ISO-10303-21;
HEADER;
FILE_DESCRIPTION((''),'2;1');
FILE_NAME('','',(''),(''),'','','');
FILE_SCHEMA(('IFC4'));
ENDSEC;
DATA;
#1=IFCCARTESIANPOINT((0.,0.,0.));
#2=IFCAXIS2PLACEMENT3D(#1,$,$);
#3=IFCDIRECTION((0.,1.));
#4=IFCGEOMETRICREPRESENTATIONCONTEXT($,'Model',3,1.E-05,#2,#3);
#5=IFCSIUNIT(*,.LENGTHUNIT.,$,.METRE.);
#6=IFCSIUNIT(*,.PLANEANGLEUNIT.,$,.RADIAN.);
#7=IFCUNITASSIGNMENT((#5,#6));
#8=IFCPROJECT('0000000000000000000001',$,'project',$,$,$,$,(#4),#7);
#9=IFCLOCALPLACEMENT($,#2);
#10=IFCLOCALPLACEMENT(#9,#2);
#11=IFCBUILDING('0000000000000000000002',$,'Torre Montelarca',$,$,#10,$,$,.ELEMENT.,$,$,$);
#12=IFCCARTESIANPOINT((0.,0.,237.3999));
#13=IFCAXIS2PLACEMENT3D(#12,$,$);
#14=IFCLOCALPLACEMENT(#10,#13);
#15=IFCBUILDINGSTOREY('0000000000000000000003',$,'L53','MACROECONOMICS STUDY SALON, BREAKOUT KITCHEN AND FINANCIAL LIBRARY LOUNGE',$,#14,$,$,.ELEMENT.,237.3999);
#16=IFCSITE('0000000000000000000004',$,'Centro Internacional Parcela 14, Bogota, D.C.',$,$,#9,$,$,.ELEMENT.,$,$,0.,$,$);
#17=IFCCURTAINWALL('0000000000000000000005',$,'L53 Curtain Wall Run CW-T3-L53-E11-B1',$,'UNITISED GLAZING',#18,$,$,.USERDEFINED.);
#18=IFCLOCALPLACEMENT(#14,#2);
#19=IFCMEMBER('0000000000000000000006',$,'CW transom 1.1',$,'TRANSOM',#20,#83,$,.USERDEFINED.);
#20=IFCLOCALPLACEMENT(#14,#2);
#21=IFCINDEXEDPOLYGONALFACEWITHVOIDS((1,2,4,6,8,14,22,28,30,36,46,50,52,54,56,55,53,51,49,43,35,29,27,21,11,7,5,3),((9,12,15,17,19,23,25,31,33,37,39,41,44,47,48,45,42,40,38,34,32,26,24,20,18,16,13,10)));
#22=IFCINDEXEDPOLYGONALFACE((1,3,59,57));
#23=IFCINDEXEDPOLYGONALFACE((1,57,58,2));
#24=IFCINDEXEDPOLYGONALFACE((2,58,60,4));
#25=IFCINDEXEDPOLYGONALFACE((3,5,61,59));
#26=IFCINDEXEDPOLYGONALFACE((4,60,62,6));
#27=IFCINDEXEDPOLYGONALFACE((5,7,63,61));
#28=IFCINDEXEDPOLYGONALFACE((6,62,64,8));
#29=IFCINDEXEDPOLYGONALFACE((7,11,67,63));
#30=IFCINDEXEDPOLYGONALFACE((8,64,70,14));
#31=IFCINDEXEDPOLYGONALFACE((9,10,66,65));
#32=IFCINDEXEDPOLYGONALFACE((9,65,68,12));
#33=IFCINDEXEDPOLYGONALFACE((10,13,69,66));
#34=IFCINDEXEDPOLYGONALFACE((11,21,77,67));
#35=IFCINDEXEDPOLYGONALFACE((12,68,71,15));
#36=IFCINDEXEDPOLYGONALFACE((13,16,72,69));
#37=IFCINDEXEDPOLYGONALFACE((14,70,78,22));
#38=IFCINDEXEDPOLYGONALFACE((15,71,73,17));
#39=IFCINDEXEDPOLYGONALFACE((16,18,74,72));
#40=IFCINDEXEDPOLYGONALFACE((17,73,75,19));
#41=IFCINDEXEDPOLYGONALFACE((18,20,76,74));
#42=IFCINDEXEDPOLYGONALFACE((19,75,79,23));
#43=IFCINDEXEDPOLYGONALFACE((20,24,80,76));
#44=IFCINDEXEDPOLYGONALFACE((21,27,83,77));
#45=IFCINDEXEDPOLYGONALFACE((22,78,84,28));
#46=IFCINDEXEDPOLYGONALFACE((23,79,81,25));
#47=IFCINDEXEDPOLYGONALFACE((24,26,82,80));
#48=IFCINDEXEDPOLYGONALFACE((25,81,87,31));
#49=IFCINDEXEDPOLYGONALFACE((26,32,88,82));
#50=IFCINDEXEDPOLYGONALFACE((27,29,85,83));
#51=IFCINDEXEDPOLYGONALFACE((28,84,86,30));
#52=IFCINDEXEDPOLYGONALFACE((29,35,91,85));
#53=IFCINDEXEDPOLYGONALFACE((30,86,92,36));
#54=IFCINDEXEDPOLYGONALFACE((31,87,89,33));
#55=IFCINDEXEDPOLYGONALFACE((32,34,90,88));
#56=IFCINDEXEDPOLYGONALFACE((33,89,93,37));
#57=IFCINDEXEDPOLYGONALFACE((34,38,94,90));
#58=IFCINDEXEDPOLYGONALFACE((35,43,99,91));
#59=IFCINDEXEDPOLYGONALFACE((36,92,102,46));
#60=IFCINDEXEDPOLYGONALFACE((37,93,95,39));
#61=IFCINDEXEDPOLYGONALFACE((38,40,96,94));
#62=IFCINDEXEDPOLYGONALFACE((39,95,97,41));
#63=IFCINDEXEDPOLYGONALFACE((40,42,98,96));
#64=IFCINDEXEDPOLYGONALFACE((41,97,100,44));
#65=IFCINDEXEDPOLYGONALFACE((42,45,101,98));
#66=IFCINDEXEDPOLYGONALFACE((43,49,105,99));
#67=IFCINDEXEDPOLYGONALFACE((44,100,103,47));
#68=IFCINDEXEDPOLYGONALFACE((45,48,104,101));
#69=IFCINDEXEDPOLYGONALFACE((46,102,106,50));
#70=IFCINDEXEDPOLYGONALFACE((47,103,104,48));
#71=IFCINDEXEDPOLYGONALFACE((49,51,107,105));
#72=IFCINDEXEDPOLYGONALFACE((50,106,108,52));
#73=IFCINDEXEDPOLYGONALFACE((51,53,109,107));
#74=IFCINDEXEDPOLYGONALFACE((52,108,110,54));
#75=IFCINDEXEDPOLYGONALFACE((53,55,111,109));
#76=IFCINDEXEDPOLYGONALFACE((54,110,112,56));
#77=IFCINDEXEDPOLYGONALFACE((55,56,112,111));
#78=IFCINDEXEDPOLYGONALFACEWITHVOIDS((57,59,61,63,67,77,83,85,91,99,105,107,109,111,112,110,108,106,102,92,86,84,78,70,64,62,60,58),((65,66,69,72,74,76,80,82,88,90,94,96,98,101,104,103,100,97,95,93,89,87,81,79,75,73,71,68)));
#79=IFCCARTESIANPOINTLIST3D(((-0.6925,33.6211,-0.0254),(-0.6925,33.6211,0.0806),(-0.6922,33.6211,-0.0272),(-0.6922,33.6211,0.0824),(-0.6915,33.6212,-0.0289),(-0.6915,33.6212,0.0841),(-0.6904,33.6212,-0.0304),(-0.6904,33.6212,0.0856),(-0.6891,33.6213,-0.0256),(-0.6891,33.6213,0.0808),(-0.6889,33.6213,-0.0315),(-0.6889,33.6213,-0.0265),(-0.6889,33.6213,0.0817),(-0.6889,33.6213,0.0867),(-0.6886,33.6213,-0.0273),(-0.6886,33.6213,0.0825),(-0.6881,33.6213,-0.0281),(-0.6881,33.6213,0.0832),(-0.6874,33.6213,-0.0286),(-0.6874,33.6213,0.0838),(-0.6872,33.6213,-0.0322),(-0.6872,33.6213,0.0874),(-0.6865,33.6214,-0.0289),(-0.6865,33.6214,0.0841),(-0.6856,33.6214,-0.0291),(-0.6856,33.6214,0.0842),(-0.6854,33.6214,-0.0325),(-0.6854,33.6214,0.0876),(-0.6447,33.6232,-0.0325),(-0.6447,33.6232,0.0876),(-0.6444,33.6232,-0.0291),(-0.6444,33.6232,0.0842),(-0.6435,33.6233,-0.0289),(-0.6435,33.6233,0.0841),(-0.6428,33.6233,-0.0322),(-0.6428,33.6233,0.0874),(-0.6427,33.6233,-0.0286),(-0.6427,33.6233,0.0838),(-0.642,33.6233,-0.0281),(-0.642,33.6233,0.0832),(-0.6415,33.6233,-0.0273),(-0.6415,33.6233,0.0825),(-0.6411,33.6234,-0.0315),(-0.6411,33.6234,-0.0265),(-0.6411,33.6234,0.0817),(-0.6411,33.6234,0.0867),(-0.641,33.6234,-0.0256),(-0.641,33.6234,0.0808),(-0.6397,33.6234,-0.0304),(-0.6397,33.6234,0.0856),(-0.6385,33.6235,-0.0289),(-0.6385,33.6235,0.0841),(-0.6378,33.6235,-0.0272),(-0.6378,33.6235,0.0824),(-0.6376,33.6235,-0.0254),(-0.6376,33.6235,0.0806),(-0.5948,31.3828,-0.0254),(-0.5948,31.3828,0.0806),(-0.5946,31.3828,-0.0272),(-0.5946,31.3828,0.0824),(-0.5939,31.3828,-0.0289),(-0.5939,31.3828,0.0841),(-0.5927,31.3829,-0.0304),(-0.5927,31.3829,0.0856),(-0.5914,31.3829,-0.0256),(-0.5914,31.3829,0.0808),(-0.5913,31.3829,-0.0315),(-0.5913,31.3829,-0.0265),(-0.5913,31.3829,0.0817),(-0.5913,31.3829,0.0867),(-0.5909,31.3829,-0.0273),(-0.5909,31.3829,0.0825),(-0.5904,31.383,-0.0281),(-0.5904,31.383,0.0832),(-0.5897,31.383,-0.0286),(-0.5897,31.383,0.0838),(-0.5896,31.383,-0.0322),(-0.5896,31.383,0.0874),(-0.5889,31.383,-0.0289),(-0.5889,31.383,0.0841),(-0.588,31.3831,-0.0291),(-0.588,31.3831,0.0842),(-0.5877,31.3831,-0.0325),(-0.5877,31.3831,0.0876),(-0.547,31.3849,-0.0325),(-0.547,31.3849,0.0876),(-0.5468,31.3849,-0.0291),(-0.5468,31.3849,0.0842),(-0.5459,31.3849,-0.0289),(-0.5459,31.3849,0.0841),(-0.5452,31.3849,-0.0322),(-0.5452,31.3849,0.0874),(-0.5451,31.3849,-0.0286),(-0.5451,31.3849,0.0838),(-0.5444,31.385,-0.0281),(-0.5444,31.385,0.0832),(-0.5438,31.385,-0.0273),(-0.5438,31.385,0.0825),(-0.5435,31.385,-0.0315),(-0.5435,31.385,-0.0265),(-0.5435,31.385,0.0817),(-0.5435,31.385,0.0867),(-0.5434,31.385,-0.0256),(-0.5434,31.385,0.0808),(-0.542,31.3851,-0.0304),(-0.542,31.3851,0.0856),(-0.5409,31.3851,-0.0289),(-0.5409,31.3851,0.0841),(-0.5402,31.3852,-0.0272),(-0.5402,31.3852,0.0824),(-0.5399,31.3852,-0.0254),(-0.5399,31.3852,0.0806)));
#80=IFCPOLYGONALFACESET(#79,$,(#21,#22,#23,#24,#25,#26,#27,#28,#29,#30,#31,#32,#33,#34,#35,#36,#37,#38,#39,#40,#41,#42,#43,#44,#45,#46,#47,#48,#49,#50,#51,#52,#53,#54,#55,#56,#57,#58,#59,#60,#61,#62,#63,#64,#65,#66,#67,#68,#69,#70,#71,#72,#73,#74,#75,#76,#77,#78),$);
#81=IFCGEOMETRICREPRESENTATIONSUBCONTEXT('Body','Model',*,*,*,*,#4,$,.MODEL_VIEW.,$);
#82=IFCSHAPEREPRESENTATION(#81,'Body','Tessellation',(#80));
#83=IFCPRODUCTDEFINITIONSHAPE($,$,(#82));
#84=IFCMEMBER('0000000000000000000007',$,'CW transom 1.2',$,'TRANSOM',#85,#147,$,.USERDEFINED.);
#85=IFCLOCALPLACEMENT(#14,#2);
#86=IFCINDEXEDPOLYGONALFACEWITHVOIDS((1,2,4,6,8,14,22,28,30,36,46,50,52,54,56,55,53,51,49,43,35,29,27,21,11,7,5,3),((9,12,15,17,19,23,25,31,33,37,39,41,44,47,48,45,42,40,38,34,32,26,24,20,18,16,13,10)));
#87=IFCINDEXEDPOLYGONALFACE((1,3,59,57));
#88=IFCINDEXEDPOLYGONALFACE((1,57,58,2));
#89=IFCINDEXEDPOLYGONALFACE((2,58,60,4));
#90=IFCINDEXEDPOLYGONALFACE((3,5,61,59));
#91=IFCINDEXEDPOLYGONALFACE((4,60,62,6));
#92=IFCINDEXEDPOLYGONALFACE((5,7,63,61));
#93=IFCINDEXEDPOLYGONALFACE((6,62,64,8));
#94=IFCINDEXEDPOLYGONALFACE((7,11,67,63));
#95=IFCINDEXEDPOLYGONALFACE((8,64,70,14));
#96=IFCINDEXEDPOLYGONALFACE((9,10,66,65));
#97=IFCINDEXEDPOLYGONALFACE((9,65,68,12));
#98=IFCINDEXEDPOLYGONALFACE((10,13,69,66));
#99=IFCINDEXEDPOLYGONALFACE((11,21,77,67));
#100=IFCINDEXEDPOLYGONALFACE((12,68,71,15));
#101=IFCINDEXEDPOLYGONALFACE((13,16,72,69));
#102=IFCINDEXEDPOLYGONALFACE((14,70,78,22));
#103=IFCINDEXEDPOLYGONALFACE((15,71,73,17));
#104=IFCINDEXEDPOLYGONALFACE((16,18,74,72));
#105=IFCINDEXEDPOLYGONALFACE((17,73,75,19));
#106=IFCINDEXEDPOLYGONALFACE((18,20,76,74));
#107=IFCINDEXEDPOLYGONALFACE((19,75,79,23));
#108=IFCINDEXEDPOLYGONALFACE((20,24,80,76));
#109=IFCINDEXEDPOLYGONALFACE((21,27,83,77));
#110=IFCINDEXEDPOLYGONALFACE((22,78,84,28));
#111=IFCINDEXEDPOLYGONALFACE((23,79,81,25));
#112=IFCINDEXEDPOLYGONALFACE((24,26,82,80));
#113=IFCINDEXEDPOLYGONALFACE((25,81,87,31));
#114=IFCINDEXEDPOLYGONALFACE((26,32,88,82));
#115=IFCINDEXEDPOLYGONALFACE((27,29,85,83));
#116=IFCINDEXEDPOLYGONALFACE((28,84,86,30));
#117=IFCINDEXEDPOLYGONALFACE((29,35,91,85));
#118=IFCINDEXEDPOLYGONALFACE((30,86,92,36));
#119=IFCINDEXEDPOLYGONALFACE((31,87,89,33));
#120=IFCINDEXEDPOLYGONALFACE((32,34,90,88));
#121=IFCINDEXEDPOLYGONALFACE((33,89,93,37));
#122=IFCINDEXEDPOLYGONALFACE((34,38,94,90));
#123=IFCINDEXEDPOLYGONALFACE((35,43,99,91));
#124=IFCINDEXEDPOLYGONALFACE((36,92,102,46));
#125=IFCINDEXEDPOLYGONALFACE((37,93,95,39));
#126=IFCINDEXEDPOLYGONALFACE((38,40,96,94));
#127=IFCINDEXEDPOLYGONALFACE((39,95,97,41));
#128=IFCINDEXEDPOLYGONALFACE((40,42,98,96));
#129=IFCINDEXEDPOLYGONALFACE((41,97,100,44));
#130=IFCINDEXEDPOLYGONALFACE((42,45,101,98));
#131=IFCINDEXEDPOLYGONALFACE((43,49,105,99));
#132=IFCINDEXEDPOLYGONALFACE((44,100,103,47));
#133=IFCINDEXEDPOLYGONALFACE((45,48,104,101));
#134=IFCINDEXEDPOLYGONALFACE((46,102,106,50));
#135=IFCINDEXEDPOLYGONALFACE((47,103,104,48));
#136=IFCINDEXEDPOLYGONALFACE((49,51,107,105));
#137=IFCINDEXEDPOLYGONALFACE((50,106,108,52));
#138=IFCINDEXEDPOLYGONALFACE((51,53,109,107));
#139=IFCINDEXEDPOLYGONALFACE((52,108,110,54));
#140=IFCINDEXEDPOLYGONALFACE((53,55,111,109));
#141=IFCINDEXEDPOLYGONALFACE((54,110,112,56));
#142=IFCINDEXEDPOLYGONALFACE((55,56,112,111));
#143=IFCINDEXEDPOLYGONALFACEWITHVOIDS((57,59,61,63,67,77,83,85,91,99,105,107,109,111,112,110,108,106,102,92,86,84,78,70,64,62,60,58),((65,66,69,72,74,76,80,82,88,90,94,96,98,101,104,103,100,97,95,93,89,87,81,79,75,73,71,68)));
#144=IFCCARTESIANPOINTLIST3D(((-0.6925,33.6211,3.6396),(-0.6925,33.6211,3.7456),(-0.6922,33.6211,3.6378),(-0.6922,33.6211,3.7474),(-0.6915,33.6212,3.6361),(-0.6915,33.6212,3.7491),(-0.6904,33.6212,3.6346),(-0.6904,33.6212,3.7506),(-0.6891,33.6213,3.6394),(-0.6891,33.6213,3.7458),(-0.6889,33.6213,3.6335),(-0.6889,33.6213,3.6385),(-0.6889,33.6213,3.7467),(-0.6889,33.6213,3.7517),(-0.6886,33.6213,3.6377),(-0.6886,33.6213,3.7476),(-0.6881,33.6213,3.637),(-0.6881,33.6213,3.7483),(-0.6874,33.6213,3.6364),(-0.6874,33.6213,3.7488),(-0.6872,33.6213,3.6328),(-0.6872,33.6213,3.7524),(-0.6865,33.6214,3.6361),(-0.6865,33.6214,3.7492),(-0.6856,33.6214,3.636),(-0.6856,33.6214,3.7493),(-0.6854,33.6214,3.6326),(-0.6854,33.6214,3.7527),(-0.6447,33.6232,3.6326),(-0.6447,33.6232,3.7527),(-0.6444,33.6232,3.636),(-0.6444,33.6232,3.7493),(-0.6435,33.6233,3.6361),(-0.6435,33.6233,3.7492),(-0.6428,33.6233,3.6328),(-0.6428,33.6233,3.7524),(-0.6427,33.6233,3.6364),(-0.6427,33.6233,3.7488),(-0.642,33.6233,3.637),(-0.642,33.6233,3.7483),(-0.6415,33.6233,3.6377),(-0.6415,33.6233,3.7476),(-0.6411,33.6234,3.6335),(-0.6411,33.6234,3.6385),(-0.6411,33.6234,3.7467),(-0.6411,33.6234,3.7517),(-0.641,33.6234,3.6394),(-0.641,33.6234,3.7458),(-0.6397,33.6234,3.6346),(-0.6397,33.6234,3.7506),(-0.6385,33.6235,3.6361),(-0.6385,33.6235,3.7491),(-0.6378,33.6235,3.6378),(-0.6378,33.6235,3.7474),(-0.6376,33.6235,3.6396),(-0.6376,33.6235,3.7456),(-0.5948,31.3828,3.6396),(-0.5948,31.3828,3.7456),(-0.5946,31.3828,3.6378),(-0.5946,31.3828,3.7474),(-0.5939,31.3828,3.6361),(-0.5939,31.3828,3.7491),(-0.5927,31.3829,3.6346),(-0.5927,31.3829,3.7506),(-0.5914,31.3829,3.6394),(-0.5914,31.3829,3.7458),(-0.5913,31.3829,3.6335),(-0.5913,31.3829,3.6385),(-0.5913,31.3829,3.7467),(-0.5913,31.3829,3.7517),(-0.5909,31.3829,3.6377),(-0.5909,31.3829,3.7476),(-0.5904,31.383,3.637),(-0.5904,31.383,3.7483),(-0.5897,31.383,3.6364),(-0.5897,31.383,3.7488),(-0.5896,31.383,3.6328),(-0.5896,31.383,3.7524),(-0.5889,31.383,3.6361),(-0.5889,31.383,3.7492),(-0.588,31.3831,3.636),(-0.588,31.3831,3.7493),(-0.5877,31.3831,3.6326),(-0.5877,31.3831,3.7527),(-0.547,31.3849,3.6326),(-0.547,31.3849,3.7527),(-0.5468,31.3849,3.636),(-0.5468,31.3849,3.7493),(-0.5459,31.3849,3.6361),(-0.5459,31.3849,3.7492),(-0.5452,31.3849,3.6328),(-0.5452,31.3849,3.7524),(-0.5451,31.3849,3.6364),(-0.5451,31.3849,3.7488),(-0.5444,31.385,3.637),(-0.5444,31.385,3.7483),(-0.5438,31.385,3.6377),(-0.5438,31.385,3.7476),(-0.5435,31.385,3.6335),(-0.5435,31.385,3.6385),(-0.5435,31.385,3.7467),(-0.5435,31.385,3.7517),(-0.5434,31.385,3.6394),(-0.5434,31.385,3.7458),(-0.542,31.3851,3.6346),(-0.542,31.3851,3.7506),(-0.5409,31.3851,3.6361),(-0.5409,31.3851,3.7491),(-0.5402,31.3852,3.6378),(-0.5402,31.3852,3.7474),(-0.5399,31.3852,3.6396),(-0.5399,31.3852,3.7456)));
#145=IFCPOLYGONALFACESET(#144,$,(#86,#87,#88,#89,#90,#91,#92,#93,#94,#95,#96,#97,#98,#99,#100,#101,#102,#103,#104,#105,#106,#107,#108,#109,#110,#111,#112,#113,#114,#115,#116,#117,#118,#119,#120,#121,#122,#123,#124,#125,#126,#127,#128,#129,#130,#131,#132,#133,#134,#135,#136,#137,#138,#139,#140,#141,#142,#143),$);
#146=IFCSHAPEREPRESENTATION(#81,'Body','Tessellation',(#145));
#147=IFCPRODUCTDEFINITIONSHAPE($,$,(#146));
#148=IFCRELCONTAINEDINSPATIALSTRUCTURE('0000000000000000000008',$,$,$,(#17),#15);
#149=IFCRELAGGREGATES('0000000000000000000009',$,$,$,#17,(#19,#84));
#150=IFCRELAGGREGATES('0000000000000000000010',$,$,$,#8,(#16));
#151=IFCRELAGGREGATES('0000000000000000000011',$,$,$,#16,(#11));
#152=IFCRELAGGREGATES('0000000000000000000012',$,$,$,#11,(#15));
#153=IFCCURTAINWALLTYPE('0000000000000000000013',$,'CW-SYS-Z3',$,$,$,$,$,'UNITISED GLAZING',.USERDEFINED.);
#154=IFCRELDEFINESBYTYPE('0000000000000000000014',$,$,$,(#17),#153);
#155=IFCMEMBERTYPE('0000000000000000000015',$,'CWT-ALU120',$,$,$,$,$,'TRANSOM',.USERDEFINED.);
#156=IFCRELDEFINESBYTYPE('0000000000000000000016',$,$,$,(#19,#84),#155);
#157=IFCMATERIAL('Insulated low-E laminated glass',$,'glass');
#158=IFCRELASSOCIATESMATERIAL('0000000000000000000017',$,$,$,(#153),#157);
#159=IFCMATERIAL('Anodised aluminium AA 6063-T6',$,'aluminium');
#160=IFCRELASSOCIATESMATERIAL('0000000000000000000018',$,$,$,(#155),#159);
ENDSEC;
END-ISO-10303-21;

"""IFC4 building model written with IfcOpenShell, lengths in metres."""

from ifc_helpers import new_model, si_unit, direction, frame, origin, origin_2d, place, context, subcontext, project, spatial, hollow_rectangle, extrude, source, transform, mapped, material, material_profile, profile_set, type_object, element, aggregate, save


model = new_model("IFC4")

# Units and contexts
model_context = context("Model", 3, precision=1e-05, world=origin(), true_north=direction((0.0, 1.0)))
body_context = subcontext(model_context, "Body", "Model", "MODEL_VIEW")
ifc_project = project(units=[si_unit("LENGTHUNIT", "METRE"), si_unit("PLANEANGLEUNIT", "RADIAN")], contexts=[model_context])

# Site, building, storey
site_placement = place(None, origin())
site = spatial("IfcSite", under=ifc_project, at=site_placement, Name="Centro Internacional Parcela 14, Bogota, D.C.", CompositionType="ELEMENT", RefElevation=0.0)
building_placement = place(site_placement, origin())
building = spatial("IfcBuilding", under=site, at=building_placement, Name="Torre Montelarca", CompositionType="ELEMENT")
storey_placement = place(building_placement, frame((0.0, 0.0, 237.3999)))
storey = spatial("IfcBuildingStorey", under=building, at=storey_placement, Name="L53", Description="MACROECONOMICS STUDY SALON, BREAKOUT KITCHEN AND FINANCIAL LIBRARY LOUNGE", CompositionType="ELEMENT", Elevation=237.3999)

# Curtain wall, members
ifc_material_1 = material(Name="Insulated low-E laminated glass", Category="glass")
curtain_wall_type = type_object("IfcCurtainWallType", Name="CW-SYS-Z3", ElementType="UNITISED GLAZING", PredefinedType="USERDEFINED", material=ifc_material_1)
ifc_material_2 = material(Name="Anodised aluminium AA 6063-T6", Category="aluminium")
ifc_material_profile_1 = material_profile(ifc_material_2, hollow_rectangle(XDim=0.0549, YDim=0.1201, WallThickness=0.0034, InnerFilletRadius=0.0034, OuterFilletRadius=0.0071, at=origin_2d()), Name="ALU55X120X3.5", Category="aluminium")
ifc_profile_set_1 = profile_set([ifc_material_profile_1], Name="Anodised aluminium AA 6063-T6")
member_type_1 = type_object("IfcMemberType", Name="CWT-ALU120", ElementType="TRANSOM", PredefinedType="USERDEFINED", material=ifc_profile_set_1)
curtain_wall_1_placement = place(storey_placement, origin())
curtain_wall_1 = element("IfcCurtainWall", 1, at=curtain_wall_1_placement, inside=storey, type_object=curtain_wall_type, Name="L53 Curtain Wall Run CW-T3-L53-E11-B1", ObjectType="UNITISED GLAZING", PredefinedType="USERDEFINED")
shared_shape_1 = source(origin(), body_context, "Body", "SweptSolid", [
    extrude(hollow_rectangle(XDim=0.0549, YDim=0.1201, WallThickness=0.0034, InnerFilletRadius=0.0034, OuterFilletRadius=0.0071, at=origin_2d()), origin(), (0.0, 0.0, 1.0), 2.2405),
])
member_1_placement = place(storey_placement, frame((-0.665, 33.6223, 0.0276), z_axis=(0.043589, -0.99905, 0.0), x_axis=(0.99905, 0.043589, 0.0)))
member_1 = element("IfcMember", 2, at=member_1_placement, type_object=member_type_1, Name="CW transom 1.1", ObjectType="TRANSOM", PredefinedType="USERDEFINED", context=body_context, shape_type="MappedRepresentation", body=[
    mapped(shared_shape_1, transform((0.0, 0.0, 0.0), scale=1.0)),
])
member_2_placement = place(storey_placement, frame((-0.665, 33.6223, 3.6926), z_axis=(0.043589, -0.99905, 0.0), x_axis=(0.99905, 0.043589, 0.0)))
member_2 = element("IfcMember", 3, at=member_2_placement, type_object=member_type_1, Name="CW transom 1.2", ObjectType="TRANSOM", PredefinedType="USERDEFINED", context=body_context, shape_type="MappedRepresentation", body=[
    mapped(shared_shape_1, transform((0.0, 0.0, 0.0), scale=1.0)),
])

aggregate(curtain_wall_1, [member_1, member_2])

save(model, "model.ifc")
